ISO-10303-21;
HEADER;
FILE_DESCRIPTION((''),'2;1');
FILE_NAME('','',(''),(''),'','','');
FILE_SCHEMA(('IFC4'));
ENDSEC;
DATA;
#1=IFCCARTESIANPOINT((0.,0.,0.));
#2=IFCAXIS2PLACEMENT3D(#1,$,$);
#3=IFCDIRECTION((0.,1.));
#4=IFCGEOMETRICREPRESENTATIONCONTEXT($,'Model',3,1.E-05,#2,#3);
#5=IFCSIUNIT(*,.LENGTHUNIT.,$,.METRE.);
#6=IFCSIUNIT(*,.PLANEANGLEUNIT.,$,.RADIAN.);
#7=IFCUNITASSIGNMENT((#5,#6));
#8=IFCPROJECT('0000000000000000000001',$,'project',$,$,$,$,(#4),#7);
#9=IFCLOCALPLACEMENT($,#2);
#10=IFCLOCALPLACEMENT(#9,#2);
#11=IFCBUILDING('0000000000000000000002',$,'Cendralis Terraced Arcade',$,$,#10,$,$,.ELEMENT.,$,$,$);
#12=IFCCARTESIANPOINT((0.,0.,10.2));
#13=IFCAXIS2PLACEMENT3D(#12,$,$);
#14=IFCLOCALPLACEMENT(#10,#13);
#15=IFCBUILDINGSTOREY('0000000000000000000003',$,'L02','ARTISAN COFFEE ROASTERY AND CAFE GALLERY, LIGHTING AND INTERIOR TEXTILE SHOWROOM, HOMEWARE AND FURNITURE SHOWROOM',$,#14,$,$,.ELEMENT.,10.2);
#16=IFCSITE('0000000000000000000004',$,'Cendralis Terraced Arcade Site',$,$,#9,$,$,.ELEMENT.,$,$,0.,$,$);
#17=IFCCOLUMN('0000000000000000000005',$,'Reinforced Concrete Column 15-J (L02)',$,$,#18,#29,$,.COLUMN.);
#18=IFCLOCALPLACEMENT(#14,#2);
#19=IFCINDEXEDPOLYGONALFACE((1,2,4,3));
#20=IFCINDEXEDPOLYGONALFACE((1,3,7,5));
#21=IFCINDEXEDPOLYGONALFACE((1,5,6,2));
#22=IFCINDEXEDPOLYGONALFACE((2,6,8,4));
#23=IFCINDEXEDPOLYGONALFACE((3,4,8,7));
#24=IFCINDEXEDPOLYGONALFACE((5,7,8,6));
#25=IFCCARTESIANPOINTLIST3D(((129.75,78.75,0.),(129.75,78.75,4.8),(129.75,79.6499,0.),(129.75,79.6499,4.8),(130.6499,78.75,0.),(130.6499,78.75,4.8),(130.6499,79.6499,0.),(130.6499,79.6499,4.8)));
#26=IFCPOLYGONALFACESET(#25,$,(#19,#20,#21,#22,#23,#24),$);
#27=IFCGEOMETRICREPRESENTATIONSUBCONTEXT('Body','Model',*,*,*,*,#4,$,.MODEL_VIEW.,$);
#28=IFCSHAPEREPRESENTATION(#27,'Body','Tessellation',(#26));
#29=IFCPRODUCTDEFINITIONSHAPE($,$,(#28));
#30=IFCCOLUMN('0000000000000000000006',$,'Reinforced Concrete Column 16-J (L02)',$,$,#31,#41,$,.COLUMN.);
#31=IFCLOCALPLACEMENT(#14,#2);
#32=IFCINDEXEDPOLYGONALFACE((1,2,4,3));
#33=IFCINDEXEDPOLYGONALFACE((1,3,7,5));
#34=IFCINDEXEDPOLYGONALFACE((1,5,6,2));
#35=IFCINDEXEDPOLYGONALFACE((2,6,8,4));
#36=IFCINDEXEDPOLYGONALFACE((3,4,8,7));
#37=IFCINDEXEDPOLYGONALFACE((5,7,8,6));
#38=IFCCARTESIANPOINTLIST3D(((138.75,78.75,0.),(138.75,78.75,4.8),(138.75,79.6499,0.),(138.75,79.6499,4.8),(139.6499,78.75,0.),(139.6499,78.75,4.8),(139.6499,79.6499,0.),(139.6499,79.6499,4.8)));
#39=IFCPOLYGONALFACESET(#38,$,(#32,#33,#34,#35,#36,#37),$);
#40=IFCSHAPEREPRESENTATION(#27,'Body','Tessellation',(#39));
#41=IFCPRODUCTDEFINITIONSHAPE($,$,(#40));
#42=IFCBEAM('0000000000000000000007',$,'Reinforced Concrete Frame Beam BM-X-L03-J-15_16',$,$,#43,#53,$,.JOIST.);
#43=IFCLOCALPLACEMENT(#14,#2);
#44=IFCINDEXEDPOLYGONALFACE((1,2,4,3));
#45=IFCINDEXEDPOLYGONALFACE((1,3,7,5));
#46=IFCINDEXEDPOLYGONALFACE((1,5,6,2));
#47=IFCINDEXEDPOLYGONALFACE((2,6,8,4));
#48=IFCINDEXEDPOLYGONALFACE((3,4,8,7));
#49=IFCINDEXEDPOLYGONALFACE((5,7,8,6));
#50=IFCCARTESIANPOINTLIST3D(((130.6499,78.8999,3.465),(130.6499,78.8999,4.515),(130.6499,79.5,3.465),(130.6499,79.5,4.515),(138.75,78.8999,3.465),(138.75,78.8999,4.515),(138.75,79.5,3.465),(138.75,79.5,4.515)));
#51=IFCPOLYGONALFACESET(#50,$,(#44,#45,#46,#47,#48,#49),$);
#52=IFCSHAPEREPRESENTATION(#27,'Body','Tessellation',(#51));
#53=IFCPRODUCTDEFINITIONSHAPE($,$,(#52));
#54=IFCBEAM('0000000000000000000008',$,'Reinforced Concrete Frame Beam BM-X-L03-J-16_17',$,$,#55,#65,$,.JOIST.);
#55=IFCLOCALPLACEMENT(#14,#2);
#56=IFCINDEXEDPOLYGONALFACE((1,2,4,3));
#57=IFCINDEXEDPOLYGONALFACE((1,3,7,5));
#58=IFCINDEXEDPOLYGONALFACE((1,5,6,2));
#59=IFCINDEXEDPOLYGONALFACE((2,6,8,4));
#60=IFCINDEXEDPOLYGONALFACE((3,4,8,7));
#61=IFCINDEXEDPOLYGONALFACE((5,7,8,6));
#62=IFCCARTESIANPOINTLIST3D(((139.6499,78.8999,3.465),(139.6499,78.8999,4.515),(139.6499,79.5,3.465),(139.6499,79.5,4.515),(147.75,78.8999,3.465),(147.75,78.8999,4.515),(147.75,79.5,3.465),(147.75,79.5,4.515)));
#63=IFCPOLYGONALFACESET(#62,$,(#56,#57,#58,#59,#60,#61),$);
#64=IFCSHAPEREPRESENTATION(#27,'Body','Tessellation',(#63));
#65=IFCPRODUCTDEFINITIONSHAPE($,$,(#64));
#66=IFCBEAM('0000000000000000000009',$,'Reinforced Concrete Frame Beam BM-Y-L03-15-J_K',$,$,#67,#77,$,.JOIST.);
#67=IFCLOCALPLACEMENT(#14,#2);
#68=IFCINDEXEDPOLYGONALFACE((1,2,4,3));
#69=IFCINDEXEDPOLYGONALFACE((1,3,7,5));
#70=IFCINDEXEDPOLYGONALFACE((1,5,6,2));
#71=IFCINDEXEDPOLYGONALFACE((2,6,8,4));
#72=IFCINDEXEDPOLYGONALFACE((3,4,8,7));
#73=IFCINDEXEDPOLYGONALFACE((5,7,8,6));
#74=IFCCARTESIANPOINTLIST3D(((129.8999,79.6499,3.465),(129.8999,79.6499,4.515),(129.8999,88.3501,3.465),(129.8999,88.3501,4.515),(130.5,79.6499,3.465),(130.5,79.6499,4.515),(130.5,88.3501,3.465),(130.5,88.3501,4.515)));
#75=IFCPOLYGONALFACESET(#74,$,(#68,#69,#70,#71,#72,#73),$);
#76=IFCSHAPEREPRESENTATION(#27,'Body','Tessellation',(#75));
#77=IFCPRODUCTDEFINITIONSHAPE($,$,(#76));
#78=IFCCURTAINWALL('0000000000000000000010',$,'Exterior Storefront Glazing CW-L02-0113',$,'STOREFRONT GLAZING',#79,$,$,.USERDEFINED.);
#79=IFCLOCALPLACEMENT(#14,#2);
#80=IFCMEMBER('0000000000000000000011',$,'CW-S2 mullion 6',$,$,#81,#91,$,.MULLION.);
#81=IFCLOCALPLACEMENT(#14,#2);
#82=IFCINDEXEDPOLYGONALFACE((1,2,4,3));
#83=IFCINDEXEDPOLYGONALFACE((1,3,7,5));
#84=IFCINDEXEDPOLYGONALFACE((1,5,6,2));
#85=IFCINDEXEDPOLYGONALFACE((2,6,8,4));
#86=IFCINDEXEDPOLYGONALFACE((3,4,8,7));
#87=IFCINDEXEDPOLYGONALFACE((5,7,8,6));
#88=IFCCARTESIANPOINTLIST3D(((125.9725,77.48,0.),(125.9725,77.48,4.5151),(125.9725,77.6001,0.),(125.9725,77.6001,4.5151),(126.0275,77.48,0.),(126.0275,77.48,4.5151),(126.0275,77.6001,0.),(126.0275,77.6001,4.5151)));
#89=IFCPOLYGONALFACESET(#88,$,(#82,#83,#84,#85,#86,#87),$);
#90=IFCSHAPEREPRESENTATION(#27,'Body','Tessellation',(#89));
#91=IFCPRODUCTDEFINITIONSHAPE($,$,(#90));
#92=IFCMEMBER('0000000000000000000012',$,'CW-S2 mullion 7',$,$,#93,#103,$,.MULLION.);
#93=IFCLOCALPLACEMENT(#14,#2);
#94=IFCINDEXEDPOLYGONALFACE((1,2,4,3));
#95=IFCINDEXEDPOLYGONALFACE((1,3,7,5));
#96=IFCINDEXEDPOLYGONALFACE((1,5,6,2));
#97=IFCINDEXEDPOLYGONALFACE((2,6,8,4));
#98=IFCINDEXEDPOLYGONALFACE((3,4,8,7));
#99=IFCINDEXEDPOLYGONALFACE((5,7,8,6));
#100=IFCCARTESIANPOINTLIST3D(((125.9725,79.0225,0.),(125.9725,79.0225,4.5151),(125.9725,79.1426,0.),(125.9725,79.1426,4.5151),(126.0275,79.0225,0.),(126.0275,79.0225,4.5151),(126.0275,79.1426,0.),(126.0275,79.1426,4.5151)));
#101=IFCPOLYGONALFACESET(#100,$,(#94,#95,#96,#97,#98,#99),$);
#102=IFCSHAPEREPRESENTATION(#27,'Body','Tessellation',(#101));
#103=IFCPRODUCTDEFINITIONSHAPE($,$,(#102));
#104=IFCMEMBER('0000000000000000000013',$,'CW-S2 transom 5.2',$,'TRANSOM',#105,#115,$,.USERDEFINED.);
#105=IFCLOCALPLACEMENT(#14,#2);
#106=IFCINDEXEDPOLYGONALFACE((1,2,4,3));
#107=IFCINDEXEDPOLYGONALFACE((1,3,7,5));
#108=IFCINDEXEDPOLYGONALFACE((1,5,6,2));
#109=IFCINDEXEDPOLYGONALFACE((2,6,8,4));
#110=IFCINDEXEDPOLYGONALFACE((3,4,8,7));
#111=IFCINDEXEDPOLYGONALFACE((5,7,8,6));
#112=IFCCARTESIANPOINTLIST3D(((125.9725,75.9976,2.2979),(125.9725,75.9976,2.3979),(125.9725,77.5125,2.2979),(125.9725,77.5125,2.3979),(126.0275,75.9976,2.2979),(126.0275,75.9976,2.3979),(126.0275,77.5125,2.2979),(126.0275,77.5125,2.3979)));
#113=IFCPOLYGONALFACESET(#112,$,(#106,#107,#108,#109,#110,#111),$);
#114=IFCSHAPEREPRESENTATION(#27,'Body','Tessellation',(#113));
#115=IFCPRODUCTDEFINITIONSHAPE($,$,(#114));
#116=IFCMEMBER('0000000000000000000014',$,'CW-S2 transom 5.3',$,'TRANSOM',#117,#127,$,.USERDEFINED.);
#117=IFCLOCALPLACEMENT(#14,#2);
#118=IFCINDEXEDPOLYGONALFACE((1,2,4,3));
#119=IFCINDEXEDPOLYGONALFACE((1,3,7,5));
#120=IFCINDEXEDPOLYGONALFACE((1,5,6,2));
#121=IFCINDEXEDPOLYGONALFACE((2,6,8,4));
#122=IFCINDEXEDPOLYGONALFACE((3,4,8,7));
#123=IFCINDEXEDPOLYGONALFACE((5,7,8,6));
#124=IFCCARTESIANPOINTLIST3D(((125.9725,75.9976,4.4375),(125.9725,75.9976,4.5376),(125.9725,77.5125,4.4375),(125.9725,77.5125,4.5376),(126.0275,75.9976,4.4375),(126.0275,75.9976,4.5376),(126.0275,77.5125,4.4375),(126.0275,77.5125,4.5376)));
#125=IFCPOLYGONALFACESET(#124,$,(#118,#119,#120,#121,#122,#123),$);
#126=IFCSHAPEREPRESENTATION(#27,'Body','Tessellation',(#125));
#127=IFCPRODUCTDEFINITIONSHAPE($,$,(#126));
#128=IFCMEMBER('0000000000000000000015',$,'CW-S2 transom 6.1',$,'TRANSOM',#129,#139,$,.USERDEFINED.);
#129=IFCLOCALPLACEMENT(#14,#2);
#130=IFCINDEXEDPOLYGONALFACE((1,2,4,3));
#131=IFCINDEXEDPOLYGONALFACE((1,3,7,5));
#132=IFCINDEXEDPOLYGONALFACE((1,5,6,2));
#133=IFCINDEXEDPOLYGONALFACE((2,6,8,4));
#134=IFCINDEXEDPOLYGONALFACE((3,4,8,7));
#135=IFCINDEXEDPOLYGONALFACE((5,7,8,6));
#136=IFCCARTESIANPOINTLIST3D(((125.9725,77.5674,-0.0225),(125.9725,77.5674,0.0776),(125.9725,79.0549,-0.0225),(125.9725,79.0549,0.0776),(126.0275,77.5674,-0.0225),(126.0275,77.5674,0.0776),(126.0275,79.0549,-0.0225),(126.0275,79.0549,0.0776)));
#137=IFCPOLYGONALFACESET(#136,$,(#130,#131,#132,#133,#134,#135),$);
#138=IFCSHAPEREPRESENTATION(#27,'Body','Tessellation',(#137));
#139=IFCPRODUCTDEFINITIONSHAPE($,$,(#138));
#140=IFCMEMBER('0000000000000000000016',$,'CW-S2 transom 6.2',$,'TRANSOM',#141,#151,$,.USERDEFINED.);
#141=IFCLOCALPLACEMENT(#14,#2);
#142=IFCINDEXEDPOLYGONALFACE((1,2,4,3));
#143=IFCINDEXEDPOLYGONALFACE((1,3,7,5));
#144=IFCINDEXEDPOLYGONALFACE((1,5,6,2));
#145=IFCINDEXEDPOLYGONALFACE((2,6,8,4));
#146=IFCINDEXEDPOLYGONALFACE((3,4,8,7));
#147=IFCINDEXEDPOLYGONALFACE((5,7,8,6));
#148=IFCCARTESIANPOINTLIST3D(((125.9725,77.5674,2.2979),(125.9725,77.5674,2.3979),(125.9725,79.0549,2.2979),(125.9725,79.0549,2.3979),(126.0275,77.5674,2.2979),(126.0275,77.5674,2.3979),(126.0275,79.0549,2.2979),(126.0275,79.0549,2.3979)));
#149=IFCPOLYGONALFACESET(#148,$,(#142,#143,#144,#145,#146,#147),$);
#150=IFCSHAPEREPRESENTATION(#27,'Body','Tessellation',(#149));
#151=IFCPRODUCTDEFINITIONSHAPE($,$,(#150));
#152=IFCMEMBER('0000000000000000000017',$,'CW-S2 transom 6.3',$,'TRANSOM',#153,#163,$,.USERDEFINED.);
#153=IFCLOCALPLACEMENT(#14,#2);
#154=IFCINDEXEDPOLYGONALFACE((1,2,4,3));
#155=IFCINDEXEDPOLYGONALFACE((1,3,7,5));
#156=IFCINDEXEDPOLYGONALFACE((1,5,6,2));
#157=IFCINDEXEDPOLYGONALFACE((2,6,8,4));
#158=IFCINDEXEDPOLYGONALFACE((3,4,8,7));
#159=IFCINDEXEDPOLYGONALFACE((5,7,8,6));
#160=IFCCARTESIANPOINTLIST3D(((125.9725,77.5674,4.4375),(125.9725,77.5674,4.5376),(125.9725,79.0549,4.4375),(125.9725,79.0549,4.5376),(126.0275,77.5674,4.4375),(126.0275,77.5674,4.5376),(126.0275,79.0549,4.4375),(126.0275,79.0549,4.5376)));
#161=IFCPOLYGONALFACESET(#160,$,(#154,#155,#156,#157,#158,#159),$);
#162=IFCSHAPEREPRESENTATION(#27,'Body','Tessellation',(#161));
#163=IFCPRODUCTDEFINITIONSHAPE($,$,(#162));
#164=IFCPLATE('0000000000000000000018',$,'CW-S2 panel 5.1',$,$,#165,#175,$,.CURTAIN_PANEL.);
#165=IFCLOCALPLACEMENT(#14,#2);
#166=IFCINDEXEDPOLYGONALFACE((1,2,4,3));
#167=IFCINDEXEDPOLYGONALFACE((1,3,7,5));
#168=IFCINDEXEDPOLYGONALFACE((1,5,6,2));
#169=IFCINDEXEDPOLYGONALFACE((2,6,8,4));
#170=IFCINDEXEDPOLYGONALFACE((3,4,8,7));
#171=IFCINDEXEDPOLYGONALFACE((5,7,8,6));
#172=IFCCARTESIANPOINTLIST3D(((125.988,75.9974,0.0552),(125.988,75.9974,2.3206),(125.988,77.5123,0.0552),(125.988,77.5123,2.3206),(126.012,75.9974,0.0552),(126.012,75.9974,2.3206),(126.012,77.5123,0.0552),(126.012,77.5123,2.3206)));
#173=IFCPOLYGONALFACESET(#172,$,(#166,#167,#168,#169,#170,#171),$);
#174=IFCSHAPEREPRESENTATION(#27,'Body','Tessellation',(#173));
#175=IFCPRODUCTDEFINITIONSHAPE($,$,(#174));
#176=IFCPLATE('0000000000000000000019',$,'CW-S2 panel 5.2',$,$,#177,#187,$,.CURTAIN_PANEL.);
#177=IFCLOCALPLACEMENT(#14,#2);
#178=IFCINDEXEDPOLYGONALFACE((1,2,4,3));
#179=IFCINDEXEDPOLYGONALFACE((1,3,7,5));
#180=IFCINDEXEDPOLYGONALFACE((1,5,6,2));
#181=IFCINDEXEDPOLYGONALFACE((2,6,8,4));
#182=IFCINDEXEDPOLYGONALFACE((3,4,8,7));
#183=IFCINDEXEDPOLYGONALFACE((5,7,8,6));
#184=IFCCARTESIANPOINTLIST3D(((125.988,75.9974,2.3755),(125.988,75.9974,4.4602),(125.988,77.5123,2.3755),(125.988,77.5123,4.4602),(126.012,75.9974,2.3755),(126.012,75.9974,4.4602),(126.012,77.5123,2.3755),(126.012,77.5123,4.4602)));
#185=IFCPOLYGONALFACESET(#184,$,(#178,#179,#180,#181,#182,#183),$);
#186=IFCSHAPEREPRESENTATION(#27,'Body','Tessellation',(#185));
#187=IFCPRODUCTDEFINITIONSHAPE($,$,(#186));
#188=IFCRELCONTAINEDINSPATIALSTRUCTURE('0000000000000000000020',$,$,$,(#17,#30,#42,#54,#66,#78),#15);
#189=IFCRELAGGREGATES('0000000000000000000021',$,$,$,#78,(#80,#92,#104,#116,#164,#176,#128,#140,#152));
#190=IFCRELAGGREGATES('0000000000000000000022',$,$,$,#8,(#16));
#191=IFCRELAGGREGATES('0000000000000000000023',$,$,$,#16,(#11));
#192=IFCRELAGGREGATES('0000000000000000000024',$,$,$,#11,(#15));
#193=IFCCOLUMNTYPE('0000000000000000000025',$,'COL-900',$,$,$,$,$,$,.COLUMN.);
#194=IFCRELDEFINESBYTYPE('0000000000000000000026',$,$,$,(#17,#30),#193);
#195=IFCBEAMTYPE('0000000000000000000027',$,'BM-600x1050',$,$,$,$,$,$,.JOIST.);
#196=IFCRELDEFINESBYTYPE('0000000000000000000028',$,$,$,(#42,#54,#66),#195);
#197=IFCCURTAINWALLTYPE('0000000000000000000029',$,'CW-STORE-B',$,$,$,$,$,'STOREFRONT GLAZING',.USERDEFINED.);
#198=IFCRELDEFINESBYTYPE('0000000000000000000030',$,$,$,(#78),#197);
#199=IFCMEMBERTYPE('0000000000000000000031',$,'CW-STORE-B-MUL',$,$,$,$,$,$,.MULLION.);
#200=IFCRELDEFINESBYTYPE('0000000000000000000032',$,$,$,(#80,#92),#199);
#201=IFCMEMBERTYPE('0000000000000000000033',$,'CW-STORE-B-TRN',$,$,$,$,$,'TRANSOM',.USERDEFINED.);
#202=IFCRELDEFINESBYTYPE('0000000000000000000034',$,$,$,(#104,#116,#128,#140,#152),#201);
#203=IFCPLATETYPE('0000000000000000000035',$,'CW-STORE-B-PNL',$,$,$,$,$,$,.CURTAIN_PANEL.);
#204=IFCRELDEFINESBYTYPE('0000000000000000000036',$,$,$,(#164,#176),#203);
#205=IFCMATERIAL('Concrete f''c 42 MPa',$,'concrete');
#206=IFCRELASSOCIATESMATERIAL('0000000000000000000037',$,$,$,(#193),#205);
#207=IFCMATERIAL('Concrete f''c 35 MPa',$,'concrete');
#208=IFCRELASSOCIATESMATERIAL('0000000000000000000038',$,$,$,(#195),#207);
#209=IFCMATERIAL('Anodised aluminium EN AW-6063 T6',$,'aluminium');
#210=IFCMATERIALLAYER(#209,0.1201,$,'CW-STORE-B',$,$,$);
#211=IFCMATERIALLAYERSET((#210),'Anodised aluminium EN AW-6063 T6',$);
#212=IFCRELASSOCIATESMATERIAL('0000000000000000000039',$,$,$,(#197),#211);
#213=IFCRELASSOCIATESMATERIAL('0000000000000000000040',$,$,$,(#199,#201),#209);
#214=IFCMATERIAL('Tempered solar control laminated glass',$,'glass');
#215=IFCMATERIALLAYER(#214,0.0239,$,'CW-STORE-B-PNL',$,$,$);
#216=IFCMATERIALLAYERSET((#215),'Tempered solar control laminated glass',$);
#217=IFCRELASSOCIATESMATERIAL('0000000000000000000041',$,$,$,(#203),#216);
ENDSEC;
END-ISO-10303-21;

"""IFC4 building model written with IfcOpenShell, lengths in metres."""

from ifc_helpers import new_model, si_unit, direction, frame, origin, origin_2d, place, context, subcontext, project, spatial, rectangle, extrude, material, layer, layer_set, material_profile, profile_set, type_object, element, aggregate, save


model = new_model("IFC4")

# Units and contexts
model_context = context("Model", 3, precision=1e-05, world=origin(), true_north=direction((0.0, 1.0)))
body_context = subcontext(model_context, "Body", "Model", "MODEL_VIEW")
ifc_project = project(units=[si_unit("LENGTHUNIT", "METRE"), si_unit("PLANEANGLEUNIT", "RADIAN")], contexts=[model_context])

# Site, building, storey
site_placement = place(None, origin())
site = spatial("IfcSite", under=ifc_project, at=site_placement, Name="Cendralis Terraced Arcade Site", CompositionType="ELEMENT", RefElevation=0.0)
building_placement = place(site_placement, origin())
building = spatial("IfcBuilding", under=site, at=building_placement, Name="Cendralis Terraced Arcade", CompositionType="ELEMENT")
storey_placement = place(building_placement, frame((0.0, 0.0, 10.2)))
storey = spatial("IfcBuildingStorey", under=building, at=storey_placement, Name="L02", Description="ARTISAN COFFEE ROASTERY AND CAFE GALLERY, LIGHTING AND INTERIOR TEXTILE SHOWROOM, HOMEWARE AND FURNITURE SHOWROOM", CompositionType="ELEMENT", Elevation=10.2)

# Columns
ifc_material_1 = material(Name="Concrete f'c 42 MPa", Category="concrete")
ifc_material_profile_1 = material_profile(ifc_material_1, rectangle(XDim=0.8999, YDim=0.8999, at=origin_2d()), Name="RC-COL-900x900", Category="LoadBearing")
ifc_profile_set_1 = profile_set([ifc_material_profile_1], Name="Concrete f'c 42 MPa")
column_type = type_object("IfcColumnType", Name="COL-900", PredefinedType="COLUMN", material=ifc_profile_set_1)
for number, where, z_axis, x_axis, name in (
    (1, (130.2, 79.2, 0.0), (0.0, 0.0, 1.0), (1.0, 0.0, 0.0), "Reinforced Concrete Column 15-J (L02)"),
    (2, (139.2, 79.2, 0.0), (0.0, 0.0, 1.0), (1.0, 0.0, 0.0), "Reinforced Concrete Column 16-J (L02)"),
):
    element("IfcColumn", number, at=place(storey_placement, frame(where, z_axis=z_axis, x_axis=x_axis)), inside=storey, type_object=column_type, Name=name, PredefinedType="COLUMN", context=body_context, shape_type="SweptSolid", body=[
        extrude(rectangle(XDim=0.8999, YDim=0.8999, at=origin_2d()), origin(), (0.0, 0.0, 1.0), 4.8),
    ])

# Beams
ifc_material_2 = material(Name="Concrete f'c 35 MPa", Category="concrete")
ifc_material_profile_2 = material_profile(ifc_material_2, rectangle(XDim=0.6001, YDim=1.05, at=origin_2d()), Name="RC-BM-600x1050", Category="LoadBearing")
ifc_profile_set_2 = profile_set([ifc_material_profile_2], Name="Concrete f'c 35 MPa")
beam_type = type_object("IfcBeamType", Name="BM-600x1050", PredefinedType="JOIST", material=ifc_profile_set_2)
for number, where, z_axis, x_axis, name in (
    (3, (130.6499, 79.2, 3.99), (1.0, 0.0, 0.0), (0.0, 1.0, 0.0), "Reinforced Concrete Frame Beam BM-X-L03-J-15_16"),
    (4, (139.6499, 79.2, 3.99), (1.0, 0.0, 0.0), (0.0, 1.0, 0.0), "Reinforced Concrete Frame Beam BM-X-L03-J-16_17"),
):
    element("IfcBeam", number, at=place(storey_placement, frame(where, z_axis=z_axis, x_axis=x_axis)), inside=storey, type_object=beam_type, Name=name, PredefinedType="JOIST", context=body_context, shape_type="SweptSolid", body=[
        extrude(rectangle(XDim=0.6001, YDim=1.05, at=origin_2d()), origin(), (0.0, 0.0, 1.0), 8.1001),
    ])
beam_placement = place(storey_placement, frame((130.2, 79.6499, 3.99), z_axis=(0.0, 1.0, 0.0), x_axis=(-1.0, 0.0, 0.0)))
element("IfcBeam", 5, at=beam_placement, inside=storey, type_object=beam_type, Name="Reinforced Concrete Frame Beam BM-Y-L03-15-J_K", PredefinedType="JOIST", context=body_context, shape_type="SweptSolid", body=[
    extrude(rectangle(XDim=0.6001, YDim=1.05, at=origin_2d()), origin(), (0.0, 0.0, 1.0), 8.7002),
])

# Curtain wall, members, plates
ifc_material_3 = material(Name="Anodised aluminium EN AW-6063 T6", Category="aluminium")
ifc_layer_1 = layer(ifc_material_3, 0.1201, Name="CW-STORE-B")
ifc_layer_set_1 = layer_set([ifc_layer_1], Name="Anodised aluminium EN AW-6063 T6")
curtain_wall_type = type_object("IfcCurtainWallType", Name="CW-STORE-B", ElementType="STOREFRONT GLAZING", PredefinedType="USERDEFINED", material=ifc_layer_set_1)
curtain_wall_placement = place(storey_placement, origin())
curtain_wall = element("IfcCurtainWall", 6, at=curtain_wall_placement, inside=storey, type_object=curtain_wall_type, Name="Exterior Storefront Glazing CW-L02-0113", ObjectType="STOREFRONT GLAZING", PredefinedType="USERDEFINED")
ifc_material_profile_3 = material_profile(ifc_material_3, rectangle(XDim=0.0549, YDim=0.1201, at=origin_2d()), Name="ALU-MUL-55x120")
ifc_profile_set_3 = profile_set([ifc_material_profile_3], Name="Anodised aluminium EN AW-6063 T6")
member_type_1 = type_object("IfcMemberType", Name="CW-STORE-B-MUL", PredefinedType="MULLION", material=ifc_profile_set_3)
member_1_placement = place(storey_placement, frame((126.0, 77.54, 0.0), z_axis=(0.0, 0.0, 1.0), x_axis=(-1.0, 0.0, 0.0)))
member_1 = element("IfcMember", 7, at=member_1_placement, type_object=member_type_1, Name="CW-S2 mullion 6", PredefinedType="MULLION", context=body_context, shape_type="SweptSolid", body=[
    extrude(rectangle(XDim=0.0549, YDim=0.1201, at=origin_2d()), origin(), (0.0, 0.0, 1.0), 4.5151),
])
member_2_placement = place(storey_placement, frame((126.0, 79.0825, 0.0), z_axis=(0.0, 0.0, 1.0), x_axis=(-1.0, 0.0, 0.0)))
member_2 = element("IfcMember", 8, at=member_2_placement, type_object=member_type_1, Name="CW-S2 mullion 7", PredefinedType="MULLION", context=body_context, shape_type="SweptSolid", body=[
    extrude(rectangle(XDim=0.0549, YDim=0.1201, at=origin_2d()), origin(), (0.0, 0.0, 1.0), 4.5151),
])
ifc_material_profile_4 = material_profile(ifc_material_3, rectangle(XDim=0.0549, YDim=0.1001, at=origin_2d()), Name="ALU-TRN-55x100")
ifc_profile_set_4 = profile_set([ifc_material_profile_4], Name="Anodised aluminium EN AW-6063 T6")
member_type_2 = type_object("IfcMemberType", Name="CW-STORE-B-TRN", ElementType="TRANSOM", PredefinedType="USERDEFINED", material=ifc_profile_set_4)
member_3_placement = place(storey_placement, frame((126.0, 75.9976, 2.3479), z_axis=(0.0, 1.0, 0.0), x_axis=(-1.0, 0.0, 0.0)))
member_3 = element("IfcMember", 9, at=member_3_placement, type_object=member_type_2, Name="CW-S2 transom 5.2", ObjectType="TRANSOM", PredefinedType="USERDEFINED", context=body_context, shape_type="SweptSolid", body=[
    extrude(rectangle(XDim=0.0549, YDim=0.1001, at=origin_2d()), origin(), (0.0, 0.0, 1.0), 1.5149),
])
member_4_placement = place(storey_placement, frame((126.0, 75.9976, 4.4875), z_axis=(0.0, 1.0, 0.0), x_axis=(-1.0, 0.0, 0.0)))
member_4 = element("IfcMember", 10, at=member_4_placement, type_object=member_type_2, Name="CW-S2 transom 5.3", ObjectType="TRANSOM", PredefinedType="USERDEFINED", context=body_context, shape_type="SweptSolid", body=[
    extrude(rectangle(XDim=0.0549, YDim=0.1001, at=origin_2d()), origin(), (0.0, 0.0, 1.0), 1.5149),
])
member_5_placement = place(storey_placement, frame((126.0, 77.5674, 0.0276), z_axis=(0.0, 1.0, 0.0), x_axis=(-1.0, 0.0, 0.0)))
member_5 = element("IfcMember", 11, at=member_5_placement, type_object=member_type_2, Name="CW-S2 transom 6.1", ObjectType="TRANSOM", PredefinedType="USERDEFINED", context=body_context, shape_type="SweptSolid", body=[
    extrude(rectangle(XDim=0.0549, YDim=0.1001, at=origin_2d()), origin(), (0.0, 0.0, 1.0), 1.4875),
])
member_6_placement = place(storey_placement, frame((126.0, 77.5674, 2.3479), z_axis=(0.0, 1.0, 0.0), x_axis=(-1.0, 0.0, 0.0)))
member_6 = element("IfcMember", 12, at=member_6_placement, type_object=member_type_2, Name="CW-S2 transom 6.2", ObjectType="TRANSOM", PredefinedType="USERDEFINED", context=body_context, shape_type="SweptSolid", body=[
    extrude(rectangle(XDim=0.0549, YDim=0.1001, at=origin_2d()), origin(), (0.0, 0.0, 1.0), 1.4875),
])
member_7_placement = place(storey_placement, frame((126.0, 77.5674, 4.4875), z_axis=(0.0, 1.0, 0.0), x_axis=(-1.0, 0.0, 0.0)))
member_7 = element("IfcMember", 13, at=member_7_placement, type_object=member_type_2, Name="CW-S2 transom 6.3", ObjectType="TRANSOM", PredefinedType="USERDEFINED", context=body_context, shape_type="SweptSolid", body=[
    extrude(rectangle(XDim=0.0549, YDim=0.1001, at=origin_2d()), origin(), (0.0, 0.0, 1.0), 1.4875),
])
ifc_material_4 = material(Name="Tempered solar control laminated glass", Category="glass")
ifc_layer_2 = layer(ifc_material_4, 0.0239, Name="CW-STORE-B-PNL")
ifc_layer_set_2 = layer_set([ifc_layer_2], Name="Tempered solar control laminated glass")
plate_type = type_object("IfcPlateType", Name="CW-STORE-B-PNL", PredefinedType="CURTAIN_PANEL", material=ifc_layer_set_2)
plate_1_placement = place(storey_placement, frame((126.0, 76.7549, 0.0552), z_axis=(0.0, 0.0, 1.0), x_axis=(0.0, 1.0, 0.0)))
plate_1 = element("IfcPlate", 14, at=plate_1_placement, type_object=plate_type, Name="CW-S2 panel 5.1", PredefinedType="CURTAIN_PANEL", context=body_context, shape_type="SweptSolid", body=[
    extrude(rectangle(XDim=1.5149, YDim=0.0239, at=origin_2d()), origin(), (0.0, 0.0, 1.0), 2.2654),
])
plate_2_placement = place(storey_placement, frame((126.0, 76.7549, 2.3755), z_axis=(0.0, 0.0, 1.0), x_axis=(0.0, 1.0, 0.0)))
plate_2 = element("IfcPlate", 15, at=plate_2_placement, type_object=plate_type, Name="CW-S2 panel 5.2", PredefinedType="CURTAIN_PANEL", context=body_context, shape_type="SweptSolid", body=[
    extrude(rectangle(XDim=1.5149, YDim=0.0239, at=origin_2d()), origin(), (0.0, 0.0, 1.0), 2.0847),
])
aggregate(curtain_wall, [member_1, member_2, member_3, member_4, plate_1, plate_2, member_5, member_6, member_7])

save(model, "model.ifc")
